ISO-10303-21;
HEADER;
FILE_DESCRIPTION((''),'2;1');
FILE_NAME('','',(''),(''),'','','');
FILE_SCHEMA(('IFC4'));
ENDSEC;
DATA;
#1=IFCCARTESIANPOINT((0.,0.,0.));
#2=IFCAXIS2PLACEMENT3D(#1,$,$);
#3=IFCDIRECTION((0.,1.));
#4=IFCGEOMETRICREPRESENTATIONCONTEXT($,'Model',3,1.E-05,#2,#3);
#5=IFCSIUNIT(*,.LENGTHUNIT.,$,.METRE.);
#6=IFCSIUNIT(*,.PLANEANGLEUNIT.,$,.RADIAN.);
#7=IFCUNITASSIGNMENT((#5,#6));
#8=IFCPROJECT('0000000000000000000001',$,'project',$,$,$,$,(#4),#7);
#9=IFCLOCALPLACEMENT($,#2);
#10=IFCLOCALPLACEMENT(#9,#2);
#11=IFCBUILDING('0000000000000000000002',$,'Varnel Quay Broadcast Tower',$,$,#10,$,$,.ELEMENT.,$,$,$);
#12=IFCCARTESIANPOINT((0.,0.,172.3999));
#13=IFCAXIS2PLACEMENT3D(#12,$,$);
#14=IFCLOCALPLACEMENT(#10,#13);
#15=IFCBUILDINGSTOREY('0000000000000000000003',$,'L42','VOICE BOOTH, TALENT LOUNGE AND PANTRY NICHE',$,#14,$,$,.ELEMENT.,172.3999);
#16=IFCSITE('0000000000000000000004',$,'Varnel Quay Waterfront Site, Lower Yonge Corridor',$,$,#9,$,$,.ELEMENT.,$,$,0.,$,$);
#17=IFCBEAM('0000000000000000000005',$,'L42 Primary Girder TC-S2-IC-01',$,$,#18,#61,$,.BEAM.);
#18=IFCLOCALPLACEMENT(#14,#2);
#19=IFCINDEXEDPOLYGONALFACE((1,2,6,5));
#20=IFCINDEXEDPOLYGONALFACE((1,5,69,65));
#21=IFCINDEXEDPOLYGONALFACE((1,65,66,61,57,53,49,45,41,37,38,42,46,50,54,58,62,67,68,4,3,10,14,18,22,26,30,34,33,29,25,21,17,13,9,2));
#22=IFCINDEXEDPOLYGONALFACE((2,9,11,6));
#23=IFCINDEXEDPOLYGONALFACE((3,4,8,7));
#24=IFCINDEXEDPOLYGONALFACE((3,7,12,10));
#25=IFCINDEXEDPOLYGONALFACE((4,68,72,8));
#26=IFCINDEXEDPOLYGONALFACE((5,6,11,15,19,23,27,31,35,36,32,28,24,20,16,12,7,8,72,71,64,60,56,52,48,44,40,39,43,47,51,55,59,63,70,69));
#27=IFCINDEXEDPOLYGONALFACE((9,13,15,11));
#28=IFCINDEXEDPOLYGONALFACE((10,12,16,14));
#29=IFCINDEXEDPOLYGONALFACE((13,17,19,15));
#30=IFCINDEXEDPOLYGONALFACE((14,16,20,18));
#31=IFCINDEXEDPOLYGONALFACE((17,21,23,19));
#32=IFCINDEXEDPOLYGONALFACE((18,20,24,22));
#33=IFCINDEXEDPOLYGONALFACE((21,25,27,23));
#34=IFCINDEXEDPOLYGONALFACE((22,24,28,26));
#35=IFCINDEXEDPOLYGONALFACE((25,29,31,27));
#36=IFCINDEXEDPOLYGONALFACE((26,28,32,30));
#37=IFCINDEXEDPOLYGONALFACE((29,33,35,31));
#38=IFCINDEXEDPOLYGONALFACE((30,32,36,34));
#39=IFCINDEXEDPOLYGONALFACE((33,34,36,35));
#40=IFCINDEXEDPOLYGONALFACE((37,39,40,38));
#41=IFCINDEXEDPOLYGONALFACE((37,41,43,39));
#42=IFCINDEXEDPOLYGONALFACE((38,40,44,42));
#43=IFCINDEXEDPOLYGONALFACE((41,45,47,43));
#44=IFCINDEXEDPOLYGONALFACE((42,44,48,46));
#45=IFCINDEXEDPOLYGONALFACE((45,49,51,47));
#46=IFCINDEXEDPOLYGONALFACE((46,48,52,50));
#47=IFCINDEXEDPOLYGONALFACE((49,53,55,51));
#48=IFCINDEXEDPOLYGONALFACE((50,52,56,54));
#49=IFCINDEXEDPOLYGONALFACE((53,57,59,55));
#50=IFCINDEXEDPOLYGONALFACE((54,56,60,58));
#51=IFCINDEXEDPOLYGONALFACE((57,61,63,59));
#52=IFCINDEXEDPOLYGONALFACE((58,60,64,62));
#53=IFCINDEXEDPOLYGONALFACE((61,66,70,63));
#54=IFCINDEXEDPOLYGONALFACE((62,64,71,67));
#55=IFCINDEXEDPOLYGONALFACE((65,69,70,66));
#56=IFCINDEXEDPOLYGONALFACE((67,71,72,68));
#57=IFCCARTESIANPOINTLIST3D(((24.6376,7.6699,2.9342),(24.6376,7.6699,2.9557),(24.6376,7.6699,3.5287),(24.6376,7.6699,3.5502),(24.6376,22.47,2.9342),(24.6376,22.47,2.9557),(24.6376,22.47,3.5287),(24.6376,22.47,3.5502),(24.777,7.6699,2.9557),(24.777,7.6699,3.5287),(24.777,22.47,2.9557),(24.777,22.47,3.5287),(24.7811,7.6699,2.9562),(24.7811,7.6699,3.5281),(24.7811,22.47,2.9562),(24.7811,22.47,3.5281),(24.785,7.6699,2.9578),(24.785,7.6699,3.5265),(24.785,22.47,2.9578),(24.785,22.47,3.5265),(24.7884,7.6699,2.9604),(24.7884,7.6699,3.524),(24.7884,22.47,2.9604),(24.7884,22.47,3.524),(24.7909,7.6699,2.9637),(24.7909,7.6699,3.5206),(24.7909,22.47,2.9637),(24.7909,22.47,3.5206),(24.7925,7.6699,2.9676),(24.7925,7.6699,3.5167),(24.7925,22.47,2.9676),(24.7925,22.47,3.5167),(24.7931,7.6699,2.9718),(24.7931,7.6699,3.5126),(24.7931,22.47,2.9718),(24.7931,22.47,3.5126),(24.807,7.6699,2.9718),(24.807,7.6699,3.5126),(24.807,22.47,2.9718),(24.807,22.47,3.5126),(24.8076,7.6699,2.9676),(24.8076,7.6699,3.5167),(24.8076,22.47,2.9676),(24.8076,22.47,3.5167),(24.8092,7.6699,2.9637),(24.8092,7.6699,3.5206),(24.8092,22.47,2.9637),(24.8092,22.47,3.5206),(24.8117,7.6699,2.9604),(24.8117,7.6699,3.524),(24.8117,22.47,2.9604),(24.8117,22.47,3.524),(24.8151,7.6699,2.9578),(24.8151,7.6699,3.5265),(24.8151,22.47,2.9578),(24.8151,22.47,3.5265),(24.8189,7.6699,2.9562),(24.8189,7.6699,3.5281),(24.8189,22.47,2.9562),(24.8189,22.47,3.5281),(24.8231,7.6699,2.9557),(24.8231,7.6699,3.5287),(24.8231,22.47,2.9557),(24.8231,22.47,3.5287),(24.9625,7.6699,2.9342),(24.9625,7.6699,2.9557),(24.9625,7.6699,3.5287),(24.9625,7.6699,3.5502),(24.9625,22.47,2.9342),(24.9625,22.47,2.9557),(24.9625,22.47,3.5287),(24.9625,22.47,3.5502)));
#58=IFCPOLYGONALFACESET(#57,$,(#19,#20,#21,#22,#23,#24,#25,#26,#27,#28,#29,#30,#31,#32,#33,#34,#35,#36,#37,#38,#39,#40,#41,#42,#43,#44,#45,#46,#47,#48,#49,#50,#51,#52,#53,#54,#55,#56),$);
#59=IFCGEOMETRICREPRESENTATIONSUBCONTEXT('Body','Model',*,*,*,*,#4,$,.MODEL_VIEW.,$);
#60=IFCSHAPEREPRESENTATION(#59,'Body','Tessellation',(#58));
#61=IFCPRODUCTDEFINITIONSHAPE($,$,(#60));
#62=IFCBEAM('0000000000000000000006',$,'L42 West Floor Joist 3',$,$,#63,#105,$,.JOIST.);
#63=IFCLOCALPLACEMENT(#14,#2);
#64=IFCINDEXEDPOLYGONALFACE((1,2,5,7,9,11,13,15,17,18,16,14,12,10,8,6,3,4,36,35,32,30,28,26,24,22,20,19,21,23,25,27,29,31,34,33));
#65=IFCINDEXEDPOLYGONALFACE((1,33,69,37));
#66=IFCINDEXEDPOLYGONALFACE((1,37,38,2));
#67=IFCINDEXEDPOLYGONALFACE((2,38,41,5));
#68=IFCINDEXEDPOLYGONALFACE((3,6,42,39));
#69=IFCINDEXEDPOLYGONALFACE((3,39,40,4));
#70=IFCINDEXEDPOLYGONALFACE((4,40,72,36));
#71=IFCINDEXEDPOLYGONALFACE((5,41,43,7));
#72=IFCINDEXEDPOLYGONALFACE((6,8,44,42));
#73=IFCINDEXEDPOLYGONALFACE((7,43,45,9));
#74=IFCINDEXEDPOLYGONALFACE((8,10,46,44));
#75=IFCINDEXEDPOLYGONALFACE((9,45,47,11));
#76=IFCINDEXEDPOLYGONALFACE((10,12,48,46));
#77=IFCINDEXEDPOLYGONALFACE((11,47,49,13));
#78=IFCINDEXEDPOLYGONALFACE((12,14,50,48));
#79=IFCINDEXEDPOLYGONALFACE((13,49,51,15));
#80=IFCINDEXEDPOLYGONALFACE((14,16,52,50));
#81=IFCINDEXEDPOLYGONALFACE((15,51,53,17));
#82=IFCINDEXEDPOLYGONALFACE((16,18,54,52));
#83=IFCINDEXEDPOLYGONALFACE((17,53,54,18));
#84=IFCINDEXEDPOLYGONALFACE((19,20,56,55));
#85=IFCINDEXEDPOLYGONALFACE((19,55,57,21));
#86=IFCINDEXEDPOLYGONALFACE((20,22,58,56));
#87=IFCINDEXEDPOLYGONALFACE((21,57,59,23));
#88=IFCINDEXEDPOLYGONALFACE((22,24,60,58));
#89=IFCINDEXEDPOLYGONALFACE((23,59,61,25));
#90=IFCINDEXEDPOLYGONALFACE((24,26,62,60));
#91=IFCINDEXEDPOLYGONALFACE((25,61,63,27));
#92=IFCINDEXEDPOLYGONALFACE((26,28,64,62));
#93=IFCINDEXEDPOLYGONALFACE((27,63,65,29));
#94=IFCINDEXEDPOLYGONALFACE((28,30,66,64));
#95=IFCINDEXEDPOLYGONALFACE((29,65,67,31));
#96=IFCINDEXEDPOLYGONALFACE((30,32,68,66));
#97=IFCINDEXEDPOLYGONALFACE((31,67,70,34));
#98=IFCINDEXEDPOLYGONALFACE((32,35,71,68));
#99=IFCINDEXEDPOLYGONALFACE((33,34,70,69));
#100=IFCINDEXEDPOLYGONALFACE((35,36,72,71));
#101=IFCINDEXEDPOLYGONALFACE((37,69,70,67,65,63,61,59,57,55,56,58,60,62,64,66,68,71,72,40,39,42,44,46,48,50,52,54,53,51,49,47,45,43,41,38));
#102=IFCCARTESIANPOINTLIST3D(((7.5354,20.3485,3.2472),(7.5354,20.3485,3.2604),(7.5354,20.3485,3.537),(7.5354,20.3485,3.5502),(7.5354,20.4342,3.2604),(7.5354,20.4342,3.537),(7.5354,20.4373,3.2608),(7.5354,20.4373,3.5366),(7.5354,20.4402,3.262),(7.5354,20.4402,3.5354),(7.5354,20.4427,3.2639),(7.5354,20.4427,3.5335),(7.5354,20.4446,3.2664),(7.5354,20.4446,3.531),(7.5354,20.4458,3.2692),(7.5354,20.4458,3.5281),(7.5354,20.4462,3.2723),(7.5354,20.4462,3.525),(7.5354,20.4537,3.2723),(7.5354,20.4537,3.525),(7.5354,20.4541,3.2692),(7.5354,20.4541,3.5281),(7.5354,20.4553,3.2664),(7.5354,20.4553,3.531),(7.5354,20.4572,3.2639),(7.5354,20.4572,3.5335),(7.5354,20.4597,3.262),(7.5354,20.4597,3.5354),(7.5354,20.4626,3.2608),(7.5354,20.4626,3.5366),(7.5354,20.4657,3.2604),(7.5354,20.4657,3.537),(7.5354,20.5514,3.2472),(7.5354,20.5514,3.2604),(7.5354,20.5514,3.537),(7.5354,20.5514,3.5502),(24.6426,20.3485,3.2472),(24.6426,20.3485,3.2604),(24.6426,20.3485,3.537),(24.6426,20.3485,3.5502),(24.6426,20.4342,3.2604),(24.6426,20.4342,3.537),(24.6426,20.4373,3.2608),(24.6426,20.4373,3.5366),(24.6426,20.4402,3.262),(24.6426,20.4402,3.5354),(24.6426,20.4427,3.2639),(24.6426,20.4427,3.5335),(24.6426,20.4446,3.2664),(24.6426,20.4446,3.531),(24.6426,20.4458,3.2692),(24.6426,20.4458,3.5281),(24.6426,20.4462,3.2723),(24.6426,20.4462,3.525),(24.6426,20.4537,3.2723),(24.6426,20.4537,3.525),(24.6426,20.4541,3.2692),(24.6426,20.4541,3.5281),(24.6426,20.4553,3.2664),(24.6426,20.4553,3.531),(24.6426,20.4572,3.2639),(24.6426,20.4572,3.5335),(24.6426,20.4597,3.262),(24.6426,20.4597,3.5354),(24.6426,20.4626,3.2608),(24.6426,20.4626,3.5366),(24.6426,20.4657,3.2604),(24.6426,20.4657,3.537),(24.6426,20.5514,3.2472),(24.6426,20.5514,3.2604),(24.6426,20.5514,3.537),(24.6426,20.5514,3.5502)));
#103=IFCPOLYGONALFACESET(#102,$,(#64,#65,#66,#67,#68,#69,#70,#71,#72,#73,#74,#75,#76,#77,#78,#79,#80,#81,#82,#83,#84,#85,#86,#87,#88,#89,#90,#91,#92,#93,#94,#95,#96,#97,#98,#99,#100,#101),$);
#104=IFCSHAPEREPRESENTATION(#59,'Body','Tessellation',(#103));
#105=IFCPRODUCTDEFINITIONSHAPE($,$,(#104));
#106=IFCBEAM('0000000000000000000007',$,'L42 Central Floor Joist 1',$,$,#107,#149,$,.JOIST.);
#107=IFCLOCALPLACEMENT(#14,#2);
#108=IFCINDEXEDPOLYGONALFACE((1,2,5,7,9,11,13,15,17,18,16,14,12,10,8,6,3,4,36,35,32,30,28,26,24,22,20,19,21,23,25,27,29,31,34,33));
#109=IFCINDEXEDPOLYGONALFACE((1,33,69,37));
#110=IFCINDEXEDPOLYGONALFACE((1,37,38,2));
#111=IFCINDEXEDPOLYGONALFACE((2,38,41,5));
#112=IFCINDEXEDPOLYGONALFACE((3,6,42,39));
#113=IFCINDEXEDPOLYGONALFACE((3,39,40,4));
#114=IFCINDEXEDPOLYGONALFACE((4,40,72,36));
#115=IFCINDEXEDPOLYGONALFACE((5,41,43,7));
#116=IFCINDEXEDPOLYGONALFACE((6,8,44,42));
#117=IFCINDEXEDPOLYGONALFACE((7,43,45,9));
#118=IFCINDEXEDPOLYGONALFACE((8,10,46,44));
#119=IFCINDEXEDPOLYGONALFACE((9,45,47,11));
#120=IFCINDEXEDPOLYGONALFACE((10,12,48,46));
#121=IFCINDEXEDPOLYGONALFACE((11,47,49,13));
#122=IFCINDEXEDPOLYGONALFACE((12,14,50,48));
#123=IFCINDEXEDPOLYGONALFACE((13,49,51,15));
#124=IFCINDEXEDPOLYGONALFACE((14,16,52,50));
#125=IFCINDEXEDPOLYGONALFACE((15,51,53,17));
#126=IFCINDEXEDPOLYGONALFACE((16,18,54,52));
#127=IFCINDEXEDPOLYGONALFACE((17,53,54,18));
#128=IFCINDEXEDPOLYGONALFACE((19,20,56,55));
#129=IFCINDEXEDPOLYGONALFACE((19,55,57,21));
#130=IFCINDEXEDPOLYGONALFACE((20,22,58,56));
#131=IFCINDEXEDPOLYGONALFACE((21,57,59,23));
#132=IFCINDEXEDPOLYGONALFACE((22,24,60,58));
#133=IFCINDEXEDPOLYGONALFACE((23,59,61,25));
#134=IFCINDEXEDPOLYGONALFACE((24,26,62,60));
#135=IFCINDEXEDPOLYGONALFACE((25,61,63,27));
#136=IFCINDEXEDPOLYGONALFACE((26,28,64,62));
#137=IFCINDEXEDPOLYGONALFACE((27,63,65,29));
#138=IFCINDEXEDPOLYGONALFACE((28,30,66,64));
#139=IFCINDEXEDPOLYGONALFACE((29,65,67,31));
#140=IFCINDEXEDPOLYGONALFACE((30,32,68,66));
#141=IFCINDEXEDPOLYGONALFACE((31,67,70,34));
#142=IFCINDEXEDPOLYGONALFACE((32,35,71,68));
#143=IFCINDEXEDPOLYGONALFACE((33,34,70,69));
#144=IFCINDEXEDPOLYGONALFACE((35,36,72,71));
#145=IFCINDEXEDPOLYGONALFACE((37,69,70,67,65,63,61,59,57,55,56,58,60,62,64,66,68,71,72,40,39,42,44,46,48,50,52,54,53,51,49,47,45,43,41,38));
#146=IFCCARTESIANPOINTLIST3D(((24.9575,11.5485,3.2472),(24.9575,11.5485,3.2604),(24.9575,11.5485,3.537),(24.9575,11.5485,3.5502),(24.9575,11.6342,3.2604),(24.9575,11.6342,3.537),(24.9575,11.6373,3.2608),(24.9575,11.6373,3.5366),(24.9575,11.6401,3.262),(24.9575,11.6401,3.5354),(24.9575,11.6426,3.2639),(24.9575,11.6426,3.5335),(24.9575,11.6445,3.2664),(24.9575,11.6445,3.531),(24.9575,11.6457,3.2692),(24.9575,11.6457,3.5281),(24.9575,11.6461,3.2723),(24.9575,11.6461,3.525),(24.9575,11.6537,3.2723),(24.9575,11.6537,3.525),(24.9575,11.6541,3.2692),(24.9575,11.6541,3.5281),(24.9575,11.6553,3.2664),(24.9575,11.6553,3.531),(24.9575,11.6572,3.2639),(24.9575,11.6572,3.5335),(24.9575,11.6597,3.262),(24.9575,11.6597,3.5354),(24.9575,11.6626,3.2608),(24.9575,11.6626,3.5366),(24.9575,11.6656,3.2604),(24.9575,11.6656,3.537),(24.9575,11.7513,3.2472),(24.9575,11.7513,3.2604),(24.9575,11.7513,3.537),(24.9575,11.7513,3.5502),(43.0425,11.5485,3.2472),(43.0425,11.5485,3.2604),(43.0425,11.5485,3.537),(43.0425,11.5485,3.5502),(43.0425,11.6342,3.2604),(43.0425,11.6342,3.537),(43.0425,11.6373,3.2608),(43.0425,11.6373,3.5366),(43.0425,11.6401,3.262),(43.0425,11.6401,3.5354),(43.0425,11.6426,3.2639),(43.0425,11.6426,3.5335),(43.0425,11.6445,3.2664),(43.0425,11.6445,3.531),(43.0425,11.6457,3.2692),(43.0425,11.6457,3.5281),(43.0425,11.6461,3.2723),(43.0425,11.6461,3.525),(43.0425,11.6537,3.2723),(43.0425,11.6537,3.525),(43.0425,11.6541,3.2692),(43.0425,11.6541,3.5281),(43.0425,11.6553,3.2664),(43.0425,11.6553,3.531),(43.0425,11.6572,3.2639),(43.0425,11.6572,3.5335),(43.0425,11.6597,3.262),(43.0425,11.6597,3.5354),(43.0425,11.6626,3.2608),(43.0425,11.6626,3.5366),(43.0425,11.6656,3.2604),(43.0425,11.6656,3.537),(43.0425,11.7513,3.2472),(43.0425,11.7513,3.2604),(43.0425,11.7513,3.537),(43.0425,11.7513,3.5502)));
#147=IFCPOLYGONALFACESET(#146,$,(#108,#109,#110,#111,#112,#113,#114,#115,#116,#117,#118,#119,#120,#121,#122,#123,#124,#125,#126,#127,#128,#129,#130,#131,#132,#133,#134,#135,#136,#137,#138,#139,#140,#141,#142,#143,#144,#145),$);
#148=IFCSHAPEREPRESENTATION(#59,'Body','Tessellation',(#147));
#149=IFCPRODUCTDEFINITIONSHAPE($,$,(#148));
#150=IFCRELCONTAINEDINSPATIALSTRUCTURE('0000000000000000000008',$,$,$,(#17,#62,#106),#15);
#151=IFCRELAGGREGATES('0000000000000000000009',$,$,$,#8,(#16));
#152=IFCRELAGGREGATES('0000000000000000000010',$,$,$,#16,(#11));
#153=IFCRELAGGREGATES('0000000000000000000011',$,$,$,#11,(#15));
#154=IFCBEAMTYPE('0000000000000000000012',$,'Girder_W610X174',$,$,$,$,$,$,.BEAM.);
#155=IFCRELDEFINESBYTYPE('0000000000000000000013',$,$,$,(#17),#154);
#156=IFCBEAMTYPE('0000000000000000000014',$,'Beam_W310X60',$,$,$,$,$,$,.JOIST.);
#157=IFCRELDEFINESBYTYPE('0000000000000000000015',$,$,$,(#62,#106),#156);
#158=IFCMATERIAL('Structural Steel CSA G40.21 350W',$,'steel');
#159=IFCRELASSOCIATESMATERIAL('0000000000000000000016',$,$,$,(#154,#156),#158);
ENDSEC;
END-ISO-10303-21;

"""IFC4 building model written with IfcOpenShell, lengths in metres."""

from ifc_helpers import new_model, si_unit, direction, frame, origin, origin_2d, place, context, subcontext, project, spatial, i_section, extrude, source, transform, mapped, material, material_profile, profile_set, type_object, type_shapes, element, save


model = new_model("IFC4")

# Units and contexts
model_context = context("Model", 3, precision=1e-05, world=origin(), true_north=direction((0.0, 1.0)))
body_context = subcontext(model_context, "Body", "Model", "MODEL_VIEW")
ifc_project = project(units=[si_unit("LENGTHUNIT", "METRE"), si_unit("PLANEANGLEUNIT", "RADIAN")], contexts=[model_context])

# Site, building, storey
site_placement = place(None, origin())
site = spatial("IfcSite", under=ifc_project, at=site_placement, Name="Varnel Quay Waterfront Site, Lower Yonge Corridor", CompositionType="ELEMENT", RefElevation=0.0)
building_placement = place(site_placement, origin())
building = spatial("IfcBuilding", under=site, at=building_placement, Name="Varnel Quay Broadcast Tower", CompositionType="ELEMENT")
storey_placement = place(building_placement, frame((0.0, 0.0, 172.3999)))
storey = spatial("IfcBuildingStorey", under=building, at=storey_placement, Name="L42", Description="VOICE BOOTH, TALENT LOUNGE AND PANTRY NICHE", CompositionType="ELEMENT", Elevation=172.3999)

# Shared definitions
ifc_material_1 = material(Name="Structural Steel CSA G40.21 350W", Category="steel")

# Beams
ifc_material_profile_1 = material_profile(ifc_material_1, i_section(OverallWidth=0.325, OverallDepth=0.616, WebThickness=0.0139, FlangeThickness=0.0215, FilletRadius=0.0161, at=origin_2d()), Name="W610X174")
ifc_profile_set_1 = profile_set([ifc_material_profile_1], Name="Structural Steel CSA G40.21 350W")
beam_type_1 = type_object("IfcBeamType", Name="Girder_W610X174", PredefinedType="BEAM", material=ifc_profile_set_1)
shared_shape_1 = source(origin(), body_context, "Body", "SweptSolid", [
    extrude(i_section(OverallWidth=0.325, OverallDepth=0.616, WebThickness=0.0139, FlangeThickness=0.0215, FilletRadius=0.0161, at=origin_2d()), origin(), (0.0, 0.0, 1.0), 14.8),
])
type_shapes(beam_type_1, [shared_shape_1])
beam_1_placement = place(storey_placement, frame((24.8, 7.6699, 3.2422), z_axis=(0.0, 1.0, 0.0), x_axis=(-1.0, 0.0, 0.0)))
element("IfcBeam", 1, at=beam_1_placement, inside=storey, type_object=beam_type_1, Name="L42 Primary Girder TC-S2-IC-01", PredefinedType="BEAM", context=body_context, shape_type="MappedRepresentation", body=[
    mapped(shared_shape_1, transform((0.0, 0.0, 0.0), x_axis=(1.0, 0.0, 0.0), y_axis=(0.0, 1.0, 0.0), z_axis=(0.0, 0.0, 1.0), scale=1.0)),
])
ifc_material_profile_2 = material_profile(ifc_material_1, i_section(OverallWidth=0.2029, OverallDepth=0.303, WebThickness=0.0076, FlangeThickness=0.0132, FilletRadius=0.012, at=origin_2d()), Name="W310X60")
ifc_profile_set_2 = profile_set([ifc_material_profile_2], Name="Structural Steel CSA G40.21 350W")
beam_type_2 = type_object("IfcBeamType", Name="Beam_W310X60", PredefinedType="JOIST", material=ifc_profile_set_2)
shared_shape_2 = source(origin(), body_context, "Body", "SweptSolid", [
    extrude(i_section(OverallWidth=0.2029, OverallDepth=0.303, WebThickness=0.0076, FlangeThickness=0.0132, FilletRadius=0.012, at=origin_2d()), origin(), (0.0, 0.0, 1.0), 17.1072),
])
beam_2_placement = place(storey_placement, frame((7.5354, 20.45, 3.3987), z_axis=(1.0, 0.0, 0.0), x_axis=(0.0, 1.0, 0.0)))
element("IfcBeam", 2, at=beam_2_placement, inside=storey, type_object=beam_type_2, Name="L42 West Floor Joist 3", PredefinedType="JOIST", context=body_context, shape_type="MappedRepresentation", body=[
    mapped(shared_shape_2, transform((0.0, 0.0, 0.0), x_axis=(1.0, 0.0, 0.0), y_axis=(0.0, 1.0, 0.0), z_axis=(0.0, 0.0, 1.0), scale=1.0)),
])
shared_shape_3 = source(origin(), body_context, "Body", "SweptSolid", [
    extrude(i_section(OverallWidth=0.2029, OverallDepth=0.303, WebThickness=0.0076, FlangeThickness=0.0132, FilletRadius=0.012, at=origin_2d()), origin(), (0.0, 0.0, 1.0), 18.085),
])
type_shapes(beam_type_2, [shared_shape_2, shared_shape_3])
beam_3_placement = place(storey_placement, frame((24.9575, 11.6499, 3.3987), z_axis=(1.0, 0.0, 0.0), x_axis=(0.0, 1.0, 0.0)))
element("IfcBeam", 3, at=beam_3_placement, inside=storey, type_object=beam_type_2, Name="L42 Central Floor Joist 1", PredefinedType="JOIST", context=body_context, shape_type="MappedRepresentation", body=[
    mapped(shared_shape_3, transform((0.0, 0.0, 0.0), x_axis=(1.0, 0.0, 0.0), y_axis=(0.0, 1.0, 0.0), z_axis=(0.0, 0.0, 1.0), scale=1.0)),
])

save(model, "model.ifc")
